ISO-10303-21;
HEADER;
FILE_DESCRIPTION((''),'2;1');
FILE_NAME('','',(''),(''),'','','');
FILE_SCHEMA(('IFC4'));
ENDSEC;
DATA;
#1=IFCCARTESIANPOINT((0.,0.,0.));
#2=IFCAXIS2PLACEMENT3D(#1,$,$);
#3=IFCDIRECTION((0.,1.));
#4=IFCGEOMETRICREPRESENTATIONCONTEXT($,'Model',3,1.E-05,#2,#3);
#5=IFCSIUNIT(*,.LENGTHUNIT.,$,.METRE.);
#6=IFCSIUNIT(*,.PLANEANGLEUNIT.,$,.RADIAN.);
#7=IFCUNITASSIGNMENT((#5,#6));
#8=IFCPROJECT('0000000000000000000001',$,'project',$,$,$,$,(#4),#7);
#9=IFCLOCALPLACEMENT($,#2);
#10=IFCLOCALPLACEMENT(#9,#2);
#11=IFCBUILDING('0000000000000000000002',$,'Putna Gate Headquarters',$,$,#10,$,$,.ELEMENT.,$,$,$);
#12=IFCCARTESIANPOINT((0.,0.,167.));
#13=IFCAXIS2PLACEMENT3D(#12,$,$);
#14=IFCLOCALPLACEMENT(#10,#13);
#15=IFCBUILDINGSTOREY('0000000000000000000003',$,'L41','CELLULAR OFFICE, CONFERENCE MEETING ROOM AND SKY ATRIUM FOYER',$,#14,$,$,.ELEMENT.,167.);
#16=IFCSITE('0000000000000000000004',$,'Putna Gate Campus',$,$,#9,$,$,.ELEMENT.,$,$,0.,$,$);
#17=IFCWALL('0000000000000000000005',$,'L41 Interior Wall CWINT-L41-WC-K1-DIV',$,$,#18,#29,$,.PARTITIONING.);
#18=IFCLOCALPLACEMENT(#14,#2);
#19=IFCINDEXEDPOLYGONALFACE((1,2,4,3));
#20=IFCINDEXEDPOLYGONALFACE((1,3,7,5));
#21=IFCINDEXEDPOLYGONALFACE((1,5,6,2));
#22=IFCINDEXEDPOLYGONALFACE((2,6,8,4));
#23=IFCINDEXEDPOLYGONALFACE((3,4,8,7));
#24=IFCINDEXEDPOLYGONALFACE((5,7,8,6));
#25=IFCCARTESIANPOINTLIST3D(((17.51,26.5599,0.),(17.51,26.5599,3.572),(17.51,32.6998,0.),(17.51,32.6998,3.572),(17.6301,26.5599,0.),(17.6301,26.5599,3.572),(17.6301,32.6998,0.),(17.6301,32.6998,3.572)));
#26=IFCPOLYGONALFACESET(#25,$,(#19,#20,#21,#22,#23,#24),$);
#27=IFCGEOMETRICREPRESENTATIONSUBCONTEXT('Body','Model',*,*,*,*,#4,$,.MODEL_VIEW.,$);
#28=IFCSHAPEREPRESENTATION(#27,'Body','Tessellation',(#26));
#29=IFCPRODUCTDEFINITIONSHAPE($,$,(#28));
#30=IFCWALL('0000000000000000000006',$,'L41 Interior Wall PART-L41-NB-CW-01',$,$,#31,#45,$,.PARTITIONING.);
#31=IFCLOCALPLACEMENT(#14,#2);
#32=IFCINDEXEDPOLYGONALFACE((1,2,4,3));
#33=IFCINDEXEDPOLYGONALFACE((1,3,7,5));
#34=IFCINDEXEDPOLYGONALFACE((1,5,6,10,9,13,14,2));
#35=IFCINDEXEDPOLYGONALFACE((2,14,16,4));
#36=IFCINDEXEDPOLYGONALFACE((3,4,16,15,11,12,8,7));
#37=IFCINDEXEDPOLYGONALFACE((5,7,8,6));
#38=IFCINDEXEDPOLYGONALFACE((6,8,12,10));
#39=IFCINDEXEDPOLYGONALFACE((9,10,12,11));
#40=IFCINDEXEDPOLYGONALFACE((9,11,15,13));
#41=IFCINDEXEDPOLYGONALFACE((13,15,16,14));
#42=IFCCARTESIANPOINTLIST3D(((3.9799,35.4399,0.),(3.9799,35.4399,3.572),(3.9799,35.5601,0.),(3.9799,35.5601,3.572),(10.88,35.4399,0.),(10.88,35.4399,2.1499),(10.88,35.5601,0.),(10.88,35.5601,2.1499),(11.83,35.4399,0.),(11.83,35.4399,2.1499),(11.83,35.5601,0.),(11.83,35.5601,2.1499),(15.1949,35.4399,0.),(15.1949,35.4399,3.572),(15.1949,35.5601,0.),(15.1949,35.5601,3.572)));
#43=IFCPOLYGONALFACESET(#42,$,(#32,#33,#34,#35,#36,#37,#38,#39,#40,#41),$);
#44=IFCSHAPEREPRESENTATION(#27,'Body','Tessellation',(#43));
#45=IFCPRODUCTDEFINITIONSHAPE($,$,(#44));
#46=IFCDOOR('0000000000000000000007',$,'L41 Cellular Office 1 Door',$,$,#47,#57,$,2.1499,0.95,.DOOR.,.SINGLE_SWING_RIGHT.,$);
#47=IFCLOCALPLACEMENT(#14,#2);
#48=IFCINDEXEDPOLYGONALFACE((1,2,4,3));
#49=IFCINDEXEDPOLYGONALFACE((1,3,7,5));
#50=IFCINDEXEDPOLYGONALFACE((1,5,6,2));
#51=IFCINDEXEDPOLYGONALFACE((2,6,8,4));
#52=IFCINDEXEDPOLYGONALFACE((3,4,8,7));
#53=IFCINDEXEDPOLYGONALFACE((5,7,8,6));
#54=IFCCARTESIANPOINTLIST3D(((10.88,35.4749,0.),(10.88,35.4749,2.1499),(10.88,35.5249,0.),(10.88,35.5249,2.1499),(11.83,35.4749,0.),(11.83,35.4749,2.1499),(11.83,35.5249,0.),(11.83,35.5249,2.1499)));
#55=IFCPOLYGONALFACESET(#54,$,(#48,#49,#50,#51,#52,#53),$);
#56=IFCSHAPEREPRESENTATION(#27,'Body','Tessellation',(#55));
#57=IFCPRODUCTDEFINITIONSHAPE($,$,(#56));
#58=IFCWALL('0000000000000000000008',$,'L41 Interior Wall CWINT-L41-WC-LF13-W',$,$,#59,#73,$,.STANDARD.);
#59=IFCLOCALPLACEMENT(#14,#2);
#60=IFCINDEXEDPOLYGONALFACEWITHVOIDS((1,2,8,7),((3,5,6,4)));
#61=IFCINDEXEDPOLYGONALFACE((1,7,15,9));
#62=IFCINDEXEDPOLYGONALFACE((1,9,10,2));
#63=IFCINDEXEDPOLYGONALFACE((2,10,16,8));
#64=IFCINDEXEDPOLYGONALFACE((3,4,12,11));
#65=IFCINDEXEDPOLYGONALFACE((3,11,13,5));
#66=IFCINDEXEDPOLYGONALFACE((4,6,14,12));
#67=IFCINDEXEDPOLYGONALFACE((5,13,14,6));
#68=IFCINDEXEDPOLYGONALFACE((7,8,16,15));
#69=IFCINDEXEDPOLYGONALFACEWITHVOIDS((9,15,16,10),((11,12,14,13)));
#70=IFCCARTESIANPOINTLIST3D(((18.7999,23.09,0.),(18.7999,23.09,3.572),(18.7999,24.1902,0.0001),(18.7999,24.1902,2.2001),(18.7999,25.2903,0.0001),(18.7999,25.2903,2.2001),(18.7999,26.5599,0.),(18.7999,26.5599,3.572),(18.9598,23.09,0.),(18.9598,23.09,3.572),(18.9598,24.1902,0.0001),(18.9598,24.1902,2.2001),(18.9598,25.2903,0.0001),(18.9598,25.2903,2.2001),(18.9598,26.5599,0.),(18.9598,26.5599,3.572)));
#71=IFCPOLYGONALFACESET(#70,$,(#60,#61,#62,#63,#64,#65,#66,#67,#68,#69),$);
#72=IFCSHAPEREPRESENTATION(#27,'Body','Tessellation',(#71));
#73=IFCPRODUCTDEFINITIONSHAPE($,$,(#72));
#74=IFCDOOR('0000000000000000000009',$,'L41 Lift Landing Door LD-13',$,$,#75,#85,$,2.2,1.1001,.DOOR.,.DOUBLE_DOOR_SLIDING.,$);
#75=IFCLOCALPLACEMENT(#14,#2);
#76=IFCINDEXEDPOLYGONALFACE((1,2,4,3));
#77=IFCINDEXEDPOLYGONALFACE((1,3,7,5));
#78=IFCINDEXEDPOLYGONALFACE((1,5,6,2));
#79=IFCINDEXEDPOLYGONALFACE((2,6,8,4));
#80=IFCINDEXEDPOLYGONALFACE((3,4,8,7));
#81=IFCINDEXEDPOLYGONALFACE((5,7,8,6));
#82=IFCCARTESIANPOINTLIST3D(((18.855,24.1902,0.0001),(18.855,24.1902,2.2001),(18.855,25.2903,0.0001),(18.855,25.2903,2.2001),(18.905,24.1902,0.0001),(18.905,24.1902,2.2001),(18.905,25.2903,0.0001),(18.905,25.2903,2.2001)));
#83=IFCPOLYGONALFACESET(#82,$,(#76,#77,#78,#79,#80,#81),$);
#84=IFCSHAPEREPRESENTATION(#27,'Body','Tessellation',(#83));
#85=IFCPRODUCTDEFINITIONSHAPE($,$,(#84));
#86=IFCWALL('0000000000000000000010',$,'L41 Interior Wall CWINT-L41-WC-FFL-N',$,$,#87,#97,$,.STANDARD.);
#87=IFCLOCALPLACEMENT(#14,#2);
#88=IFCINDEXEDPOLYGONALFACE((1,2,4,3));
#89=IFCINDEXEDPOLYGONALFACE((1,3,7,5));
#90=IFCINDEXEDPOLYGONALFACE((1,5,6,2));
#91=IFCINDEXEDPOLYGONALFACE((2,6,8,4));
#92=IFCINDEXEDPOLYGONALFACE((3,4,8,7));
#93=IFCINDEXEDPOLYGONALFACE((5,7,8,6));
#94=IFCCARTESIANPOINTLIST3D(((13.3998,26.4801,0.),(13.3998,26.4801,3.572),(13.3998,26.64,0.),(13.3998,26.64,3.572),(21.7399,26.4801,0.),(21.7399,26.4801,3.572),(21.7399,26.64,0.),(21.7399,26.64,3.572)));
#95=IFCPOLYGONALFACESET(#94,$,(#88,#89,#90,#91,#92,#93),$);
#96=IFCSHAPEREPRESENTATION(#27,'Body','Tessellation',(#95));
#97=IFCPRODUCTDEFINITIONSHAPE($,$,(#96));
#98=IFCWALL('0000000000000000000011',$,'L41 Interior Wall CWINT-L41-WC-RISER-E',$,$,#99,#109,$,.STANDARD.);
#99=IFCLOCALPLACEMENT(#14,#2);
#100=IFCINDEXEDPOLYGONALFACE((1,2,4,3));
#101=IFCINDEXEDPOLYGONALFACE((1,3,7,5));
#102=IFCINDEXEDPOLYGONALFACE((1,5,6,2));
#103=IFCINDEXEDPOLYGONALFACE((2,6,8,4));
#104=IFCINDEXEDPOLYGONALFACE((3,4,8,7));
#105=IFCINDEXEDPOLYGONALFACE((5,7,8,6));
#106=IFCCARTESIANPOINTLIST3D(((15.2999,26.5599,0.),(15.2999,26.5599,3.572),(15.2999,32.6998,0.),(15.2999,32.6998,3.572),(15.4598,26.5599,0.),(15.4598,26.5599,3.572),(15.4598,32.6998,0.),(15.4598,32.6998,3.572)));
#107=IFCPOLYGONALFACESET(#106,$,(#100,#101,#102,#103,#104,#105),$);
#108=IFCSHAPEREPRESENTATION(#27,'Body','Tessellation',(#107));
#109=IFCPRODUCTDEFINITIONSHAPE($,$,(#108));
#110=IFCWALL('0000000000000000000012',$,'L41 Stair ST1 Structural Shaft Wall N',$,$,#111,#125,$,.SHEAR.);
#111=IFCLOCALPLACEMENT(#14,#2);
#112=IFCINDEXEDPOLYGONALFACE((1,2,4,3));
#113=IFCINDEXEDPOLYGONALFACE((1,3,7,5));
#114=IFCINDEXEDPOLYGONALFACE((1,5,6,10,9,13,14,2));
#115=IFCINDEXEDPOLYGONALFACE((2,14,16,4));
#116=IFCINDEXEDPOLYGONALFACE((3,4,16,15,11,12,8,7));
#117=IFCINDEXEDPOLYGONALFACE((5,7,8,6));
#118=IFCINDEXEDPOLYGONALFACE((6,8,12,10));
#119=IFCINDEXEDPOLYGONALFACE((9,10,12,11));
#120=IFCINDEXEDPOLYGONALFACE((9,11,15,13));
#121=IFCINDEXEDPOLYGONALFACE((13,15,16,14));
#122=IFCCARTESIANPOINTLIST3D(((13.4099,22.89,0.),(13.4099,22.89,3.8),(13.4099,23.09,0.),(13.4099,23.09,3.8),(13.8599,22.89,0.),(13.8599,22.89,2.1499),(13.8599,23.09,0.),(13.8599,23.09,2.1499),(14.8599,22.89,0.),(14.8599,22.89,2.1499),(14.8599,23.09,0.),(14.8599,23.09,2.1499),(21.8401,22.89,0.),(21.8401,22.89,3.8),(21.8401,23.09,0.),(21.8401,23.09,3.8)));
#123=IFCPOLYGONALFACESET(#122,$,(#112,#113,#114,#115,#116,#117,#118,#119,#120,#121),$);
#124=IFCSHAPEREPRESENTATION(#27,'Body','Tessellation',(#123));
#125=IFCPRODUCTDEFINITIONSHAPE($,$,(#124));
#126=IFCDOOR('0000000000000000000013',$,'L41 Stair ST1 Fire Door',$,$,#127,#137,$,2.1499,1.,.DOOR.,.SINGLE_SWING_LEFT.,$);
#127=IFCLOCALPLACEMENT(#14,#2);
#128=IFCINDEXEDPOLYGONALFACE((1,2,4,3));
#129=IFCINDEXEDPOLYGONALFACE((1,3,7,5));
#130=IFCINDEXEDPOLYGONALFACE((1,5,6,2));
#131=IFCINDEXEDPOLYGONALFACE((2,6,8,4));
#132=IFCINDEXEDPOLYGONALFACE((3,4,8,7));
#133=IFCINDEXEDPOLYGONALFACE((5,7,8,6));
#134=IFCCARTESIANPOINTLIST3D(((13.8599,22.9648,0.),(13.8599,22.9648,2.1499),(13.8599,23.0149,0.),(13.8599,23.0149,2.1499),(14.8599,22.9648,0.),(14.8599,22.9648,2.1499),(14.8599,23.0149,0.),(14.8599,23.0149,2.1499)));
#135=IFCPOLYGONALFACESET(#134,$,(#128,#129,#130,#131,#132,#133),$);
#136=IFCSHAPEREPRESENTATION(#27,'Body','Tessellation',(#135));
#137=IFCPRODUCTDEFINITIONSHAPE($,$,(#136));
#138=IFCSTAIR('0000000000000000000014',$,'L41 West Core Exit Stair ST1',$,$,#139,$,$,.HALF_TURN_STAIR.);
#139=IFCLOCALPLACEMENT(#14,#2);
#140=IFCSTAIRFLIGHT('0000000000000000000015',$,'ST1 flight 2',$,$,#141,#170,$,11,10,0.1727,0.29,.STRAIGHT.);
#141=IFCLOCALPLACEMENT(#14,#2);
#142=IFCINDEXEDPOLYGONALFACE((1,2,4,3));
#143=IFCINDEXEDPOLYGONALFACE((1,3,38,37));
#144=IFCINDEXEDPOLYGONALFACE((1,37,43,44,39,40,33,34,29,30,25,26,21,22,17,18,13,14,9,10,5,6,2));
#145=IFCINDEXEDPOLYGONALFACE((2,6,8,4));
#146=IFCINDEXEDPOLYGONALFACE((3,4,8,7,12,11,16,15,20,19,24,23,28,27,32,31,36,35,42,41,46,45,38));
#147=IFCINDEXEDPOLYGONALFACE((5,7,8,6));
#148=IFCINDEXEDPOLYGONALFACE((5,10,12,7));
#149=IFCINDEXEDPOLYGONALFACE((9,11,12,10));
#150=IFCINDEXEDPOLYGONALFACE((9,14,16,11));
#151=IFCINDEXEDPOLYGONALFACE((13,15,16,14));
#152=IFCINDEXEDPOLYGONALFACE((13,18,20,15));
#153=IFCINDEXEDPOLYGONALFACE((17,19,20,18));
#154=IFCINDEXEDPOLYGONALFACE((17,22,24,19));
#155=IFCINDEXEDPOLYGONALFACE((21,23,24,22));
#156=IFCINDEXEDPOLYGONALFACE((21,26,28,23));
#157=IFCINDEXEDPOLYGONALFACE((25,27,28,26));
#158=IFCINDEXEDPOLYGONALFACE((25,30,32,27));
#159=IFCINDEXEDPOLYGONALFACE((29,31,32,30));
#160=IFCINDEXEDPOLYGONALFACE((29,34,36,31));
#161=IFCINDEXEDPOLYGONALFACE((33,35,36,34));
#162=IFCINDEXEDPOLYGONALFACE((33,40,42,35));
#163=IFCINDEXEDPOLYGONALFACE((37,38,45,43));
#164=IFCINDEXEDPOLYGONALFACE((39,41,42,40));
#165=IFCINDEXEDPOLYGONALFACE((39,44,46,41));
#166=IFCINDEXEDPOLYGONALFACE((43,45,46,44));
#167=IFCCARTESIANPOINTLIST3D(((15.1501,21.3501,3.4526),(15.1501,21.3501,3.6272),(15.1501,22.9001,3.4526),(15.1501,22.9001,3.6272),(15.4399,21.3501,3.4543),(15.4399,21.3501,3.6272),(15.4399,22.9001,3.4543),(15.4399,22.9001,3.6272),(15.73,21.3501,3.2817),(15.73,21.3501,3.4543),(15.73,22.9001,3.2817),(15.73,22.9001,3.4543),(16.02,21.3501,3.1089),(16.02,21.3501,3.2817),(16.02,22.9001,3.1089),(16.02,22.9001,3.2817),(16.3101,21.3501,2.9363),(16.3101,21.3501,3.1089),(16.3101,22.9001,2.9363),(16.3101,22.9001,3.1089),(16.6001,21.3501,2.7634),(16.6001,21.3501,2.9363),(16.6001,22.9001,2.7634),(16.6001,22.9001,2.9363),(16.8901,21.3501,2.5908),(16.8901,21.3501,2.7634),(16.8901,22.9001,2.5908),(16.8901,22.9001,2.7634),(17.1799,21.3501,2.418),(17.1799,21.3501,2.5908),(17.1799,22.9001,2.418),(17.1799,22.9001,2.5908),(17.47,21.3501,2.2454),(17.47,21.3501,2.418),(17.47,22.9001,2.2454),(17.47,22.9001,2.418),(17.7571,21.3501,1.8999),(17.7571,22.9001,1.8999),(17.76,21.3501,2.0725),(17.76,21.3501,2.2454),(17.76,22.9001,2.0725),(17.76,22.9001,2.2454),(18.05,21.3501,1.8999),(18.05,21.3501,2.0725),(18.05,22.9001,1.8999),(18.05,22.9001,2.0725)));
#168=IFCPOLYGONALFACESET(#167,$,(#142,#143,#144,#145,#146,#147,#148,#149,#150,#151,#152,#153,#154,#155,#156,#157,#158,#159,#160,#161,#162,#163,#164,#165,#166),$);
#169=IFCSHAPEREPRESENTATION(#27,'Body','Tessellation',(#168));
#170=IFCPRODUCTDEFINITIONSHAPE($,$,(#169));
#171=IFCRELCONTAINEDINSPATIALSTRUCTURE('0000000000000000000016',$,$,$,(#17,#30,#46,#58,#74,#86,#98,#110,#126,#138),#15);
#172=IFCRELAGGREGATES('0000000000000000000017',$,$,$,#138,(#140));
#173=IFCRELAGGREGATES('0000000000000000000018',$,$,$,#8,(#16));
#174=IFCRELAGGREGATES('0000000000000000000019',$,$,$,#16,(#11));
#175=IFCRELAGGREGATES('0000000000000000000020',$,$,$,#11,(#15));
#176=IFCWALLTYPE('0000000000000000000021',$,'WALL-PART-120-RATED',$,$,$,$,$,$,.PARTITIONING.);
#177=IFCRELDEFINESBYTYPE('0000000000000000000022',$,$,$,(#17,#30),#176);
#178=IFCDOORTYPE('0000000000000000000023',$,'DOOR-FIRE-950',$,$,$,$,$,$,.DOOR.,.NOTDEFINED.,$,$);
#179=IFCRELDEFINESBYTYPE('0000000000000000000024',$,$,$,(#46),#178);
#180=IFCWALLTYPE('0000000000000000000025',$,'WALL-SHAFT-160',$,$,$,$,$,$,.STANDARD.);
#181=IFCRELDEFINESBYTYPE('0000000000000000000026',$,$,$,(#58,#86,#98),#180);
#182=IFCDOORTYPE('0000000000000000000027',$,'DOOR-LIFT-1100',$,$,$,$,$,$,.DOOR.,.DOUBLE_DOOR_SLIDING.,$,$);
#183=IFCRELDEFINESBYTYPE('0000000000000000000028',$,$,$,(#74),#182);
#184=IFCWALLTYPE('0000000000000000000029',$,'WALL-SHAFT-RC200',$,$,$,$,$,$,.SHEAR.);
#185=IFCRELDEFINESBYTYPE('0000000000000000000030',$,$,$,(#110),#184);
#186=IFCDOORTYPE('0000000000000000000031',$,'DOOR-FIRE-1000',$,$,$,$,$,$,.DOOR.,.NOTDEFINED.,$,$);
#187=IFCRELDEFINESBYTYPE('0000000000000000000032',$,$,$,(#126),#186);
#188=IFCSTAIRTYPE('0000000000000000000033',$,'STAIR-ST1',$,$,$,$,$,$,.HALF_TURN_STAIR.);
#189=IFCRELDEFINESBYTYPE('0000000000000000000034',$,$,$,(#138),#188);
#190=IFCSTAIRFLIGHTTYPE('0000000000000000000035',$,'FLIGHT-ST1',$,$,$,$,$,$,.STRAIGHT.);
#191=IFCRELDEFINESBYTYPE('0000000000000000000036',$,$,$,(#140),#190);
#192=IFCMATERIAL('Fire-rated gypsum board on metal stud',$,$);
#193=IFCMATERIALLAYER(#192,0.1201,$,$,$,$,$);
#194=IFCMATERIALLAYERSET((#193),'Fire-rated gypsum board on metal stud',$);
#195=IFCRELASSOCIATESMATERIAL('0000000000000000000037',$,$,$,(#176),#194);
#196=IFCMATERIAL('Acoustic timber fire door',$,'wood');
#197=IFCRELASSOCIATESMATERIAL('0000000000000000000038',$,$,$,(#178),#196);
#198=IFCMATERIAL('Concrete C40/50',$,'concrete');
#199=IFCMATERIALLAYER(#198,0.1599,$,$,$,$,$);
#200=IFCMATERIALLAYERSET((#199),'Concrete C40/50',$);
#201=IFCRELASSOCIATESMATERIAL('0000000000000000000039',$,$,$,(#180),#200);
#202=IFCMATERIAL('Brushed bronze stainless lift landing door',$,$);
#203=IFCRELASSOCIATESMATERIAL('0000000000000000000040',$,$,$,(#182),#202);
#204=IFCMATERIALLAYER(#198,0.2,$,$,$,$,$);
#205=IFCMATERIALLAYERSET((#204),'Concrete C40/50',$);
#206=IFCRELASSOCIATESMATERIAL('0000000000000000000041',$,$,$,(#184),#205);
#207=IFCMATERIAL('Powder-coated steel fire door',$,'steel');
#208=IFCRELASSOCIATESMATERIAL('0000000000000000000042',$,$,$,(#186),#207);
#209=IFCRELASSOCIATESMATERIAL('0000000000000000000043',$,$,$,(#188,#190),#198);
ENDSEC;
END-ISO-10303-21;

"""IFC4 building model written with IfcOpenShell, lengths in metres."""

from ifc_helpers import new_model, si_unit, direction, frame, frame_2d, origin, place, context, subcontext, project, spatial, polyline, rectangle, outline, extrude, material, layer, layer_set, type_object, element, fill, aggregate, save


model = new_model("IFC4")

# Units and contexts
model_context = context("Model", 3, precision=1e-05, world=origin(), true_north=direction((0.0, 1.0)))
body_context = subcontext(model_context, "Body", "Model", "MODEL_VIEW")
ifc_project = project(units=[si_unit("LENGTHUNIT", "METRE"), si_unit("PLANEANGLEUNIT", "RADIAN")], contexts=[model_context])

# Site, building, storey
site_placement = place(None, origin())
site = spatial("IfcSite", under=ifc_project, at=site_placement, Name="Putna Gate Campus", CompositionType="ELEMENT", RefElevation=0.0)
building_placement = place(site_placement, origin())
building = spatial("IfcBuilding", under=site, at=building_placement, Name="Putna Gate Headquarters", CompositionType="ELEMENT")
storey_placement = place(building_placement, frame((0.0, 0.0, 167.0)))
storey = spatial("IfcBuildingStorey", under=building, at=storey_placement, Name="L41", Description="CELLULAR OFFICE, CONFERENCE MEETING ROOM AND SKY ATRIUM FOYER", CompositionType="ELEMENT", Elevation=167.0)

# Wall
ifc_material_1 = material(Name="Fire-rated gypsum board on metal stud")
ifc_layer_1 = layer(ifc_material_1, 0.1201)
ifc_layer_set_1 = layer_set([ifc_layer_1], Name="Fire-rated gypsum board on metal stud")
wall_type_1 = type_object("IfcWallType", Name="WALL-PART-120-RATED", PredefinedType="PARTITIONING", material=ifc_layer_set_1)
wall_1_placement = place(storey_placement, frame((17.5701, 26.5601, 0.0), z_axis=(0.0, 0.0, 1.0), x_axis=(0.0, 1.0, 0.0)))
element("IfcWall", 1, at=wall_1_placement, inside=storey, type_object=wall_type_1, Name="L41 Interior Wall CWINT-L41-WC-K1-DIV", PredefinedType="PARTITIONING", context=body_context, shape_type="SweptSolid", body=[
    extrude(rectangle(XDim=6.1399, YDim=0.1201, at=frame_2d((3.0698, 0.0))), origin(), (0.0, 0.0, 1.0), 3.572),
])

# Walls, openings, doors
wall_2_placement = place(storey_placement, frame((3.98, 35.5, 0.0), z_axis=(0.0, 0.0, 1.0), x_axis=(1.0, 0.0, 0.0)))
wall_2 = element("IfcWall", 2, at=wall_2_placement, inside=storey, type_object=wall_type_1, Name="L41 Interior Wall PART-L41-NB-CW-01", PredefinedType="PARTITIONING", context=body_context, shape_type="SweptSolid", body=[
    extrude(rectangle(XDim=11.2151, YDim=0.1201, at=frame_2d((5.6074, 0.0))), origin(), (0.0, 0.0, 1.0), 3.572),
])
opening_1_placement = place(wall_2_placement, frame((6.8999, 0.0, 0.0)))
opening_1 = element("IfcOpeningElement", 3, at=opening_1_placement, cuts=wall_2, PredefinedType="OPENING", context=body_context, shape_type="SweptSolid", body=[
    extrude(rectangle(XDim=0.95, YDim=2.1499, at=frame_2d((0.4751, 1.075))), frame((0.0, 0.0701, 0.0), z_axis=(0.0, -1.0, 0.0), x_axis=(1.0, 0.0, 0.0)), (0.0, 0.0, 1.0), 0.1401),
])
ifc_material_2 = material(Name="Acoustic timber fire door", Category="wood")
door_type_1 = type_object("IfcDoorType", Name="DOOR-FIRE-950", OperationType="NOTDEFINED", PredefinedType="DOOR", material=ifc_material_2)
door_1_placement = place(opening_1_placement, origin())
door_1 = element("IfcDoor", 4, at=door_1_placement, inside=storey, type_object=door_type_1, Name="L41 Cellular Office 1 Door", OperationType="SINGLE_SWING_RIGHT", OverallHeight=2.1499, OverallWidth=0.95, PredefinedType="DOOR", context=body_context, shape_type="SweptSolid", body=[
    extrude(rectangle(XDim=0.95, YDim=2.1499, at=frame_2d((0.4751, 1.075))), frame((0.0, 0.0249, 0.0), z_axis=(0.0, -1.0, 0.0), x_axis=(1.0, 0.0, 0.0)), (0.0, 0.0, 1.0), 0.05),
])
fill(opening_1, door_1)
ifc_material_3 = material(Name="Concrete C40/50", Category="concrete")
ifc_layer_2 = layer(ifc_material_3, 0.1599)
ifc_layer_set_2 = layer_set([ifc_layer_2], Name="Concrete C40/50")
wall_type_2 = type_object("IfcWallType", Name="WALL-SHAFT-160", PredefinedType="STANDARD", material=ifc_layer_set_2)
wall_3_placement = place(storey_placement, frame((18.8799, 23.0901, 0.0), z_axis=(0.0, 0.0, 1.0), x_axis=(0.0, 1.0, 0.0)))
wall_3 = element("IfcWall", 5, at=wall_3_placement, inside=storey, type_object=wall_type_2, Name="L41 Interior Wall CWINT-L41-WC-LF13-W", PredefinedType="STANDARD", context=body_context, shape_type="SweptSolid", body=[
    extrude(rectangle(XDim=3.47, YDim=0.1599, at=frame_2d((1.7349, 0.0))), origin(), (0.0, 0.0, 1.0), 3.572),
])
opening_2_placement = place(wall_3_placement, frame((1.1001, 0.0, 0.0)))
opening_2 = element("IfcOpeningElement", 6, at=opening_2_placement, cuts=wall_3, PredefinedType="OPENING", context=body_context, shape_type="SweptSolid", body=[
    extrude(rectangle(XDim=1.1001, YDim=2.2, at=frame_2d((0.55, 1.1001))), frame((0.0, 0.0898, 0.0), z_axis=(0.0, -1.0, 0.0), x_axis=(1.0, 0.0, 0.0)), (0.0, 0.0, 1.0), 0.1799),
])
ifc_material_4 = material(Name="Brushed bronze stainless lift landing door")
door_type_2 = type_object("IfcDoorType", Name="DOOR-LIFT-1100", OperationType="DOUBLE_DOOR_SLIDING", PredefinedType="DOOR", material=ifc_material_4)
door_2_placement = place(opening_2_placement, origin())
door_2 = element("IfcDoor", 7, at=door_2_placement, inside=storey, type_object=door_type_2, Name="L41 Lift Landing Door LD-13", OperationType="DOUBLE_DOOR_SLIDING", OverallHeight=2.2, OverallWidth=1.1001, PredefinedType="DOOR", context=body_context, shape_type="SweptSolid", body=[
    extrude(rectangle(XDim=1.1001, YDim=2.2, at=frame_2d((0.55, 1.1001))), frame((0.0, 0.0249, 0.0), z_axis=(0.0, -1.0, 0.0), x_axis=(1.0, 0.0, 0.0)), (0.0, 0.0, 1.0), 0.05),
])
fill(opening_2, door_2)

# Walls
wall_4_placement = place(storey_placement, frame((13.3999, 26.5601, 0.0), z_axis=(0.0, 0.0, 1.0), x_axis=(1.0, 0.0, 0.0)))
element("IfcWall", 8, at=wall_4_placement, inside=storey, type_object=wall_type_2, Name="L41 Interior Wall CWINT-L41-WC-FFL-N", PredefinedType="STANDARD", context=body_context, shape_type="SweptSolid", body=[
    extrude(rectangle(XDim=8.3401, YDim=0.1599, at=frame_2d((4.1699, 0.0))), origin(), (0.0, 0.0, 1.0), 3.572),
])
wall_5_placement = place(storey_placement, frame((15.3799, 26.5601, 0.0), z_axis=(0.0, 0.0, 1.0), x_axis=(0.0, 1.0, 0.0)))
element("IfcWall", 9, at=wall_5_placement, inside=storey, type_object=wall_type_2, Name="L41 Interior Wall CWINT-L41-WC-RISER-E", PredefinedType="STANDARD", context=body_context, shape_type="SweptSolid", body=[
    extrude(rectangle(XDim=6.1399, YDim=0.1599, at=frame_2d((3.0698, 0.0))), origin(), (0.0, 0.0, 1.0), 3.572),
])

# Wall, opening, door
ifc_layer_3 = layer(ifc_material_3, 0.2)
ifc_layer_set_3 = layer_set([ifc_layer_3], Name="Concrete C40/50")
wall_type_3 = type_object("IfcWallType", Name="WALL-SHAFT-RC200", PredefinedType="SHEAR", material=ifc_layer_set_3)
wall_6_placement = place(storey_placement, frame((13.4099, 22.99, 0.0), z_axis=(0.0, 0.0, 1.0), x_axis=(1.0, 0.0, 0.0)))
wall_6 = element("IfcWall", 10, at=wall_6_placement, inside=storey, type_object=wall_type_3, Name="L41 Stair ST1 Structural Shaft Wall N", PredefinedType="SHEAR", context=body_context, shape_type="SweptSolid", body=[
    extrude(rectangle(XDim=8.4302, YDim=0.2, at=frame_2d((4.2151, 0.0))), origin(), (0.0, 0.0, 1.0), 3.8),
])
opening_3_placement = place(wall_6_placement, frame((0.45, 0.0, 0.0)))
opening_3 = element("IfcOpeningElement", 11, at=opening_3_placement, cuts=wall_6, PredefinedType="OPENING", context=body_context, shape_type="SweptSolid", body=[
    extrude(rectangle(XDim=1.0, YDim=2.1499, at=frame_2d((0.5, 1.075))), frame((0.0, 0.1099, 0.0), z_axis=(0.0, -1.0, 0.0), x_axis=(1.0, 0.0, 0.0)), (0.0, 0.0, 1.0), 0.22),
])
ifc_material_5 = material(Name="Powder-coated steel fire door", Category="steel")
door_type_3 = type_object("IfcDoorType", Name="DOOR-FIRE-1000", OperationType="NOTDEFINED", PredefinedType="DOOR", material=ifc_material_5)
door_3_placement = place(opening_3_placement, origin())
door_3 = element("IfcDoor", 12, at=door_3_placement, inside=storey, type_object=door_type_3, Name="L41 Stair ST1 Fire Door", OperationType="SINGLE_SWING_LEFT", OverallHeight=2.1499, OverallWidth=1.0, PredefinedType="DOOR", context=body_context, shape_type="SweptSolid", body=[
    extrude(rectangle(XDim=1.0, YDim=2.1499, at=frame_2d((0.5, 1.075))), frame((0.0, 0.0249, 0.0), z_axis=(0.0, -1.0, 0.0), x_axis=(1.0, 0.0, 0.0)), (0.0, 0.0, 1.0), 0.05),
])
fill(opening_3, door_3)

# Stair, stair flight
stair_type = type_object("IfcStairType", Name="STAIR-ST1", PredefinedType="HALF_TURN_STAIR", material=ifc_material_3)
stair_placement = place(storey_placement, origin())
stair = element("IfcStair", 13, at=stair_placement, inside=storey, type_object=stair_type, Name="L41 West Core Exit Stair ST1", PredefinedType="HALF_TURN_STAIR")
stair_flight_type = type_object("IfcStairFlightType", Name="FLIGHT-ST1", PredefinedType="STRAIGHT", material=ifc_material_3)
stair_flight_placement = place(storey_placement, frame((18.05, 22.125, 1.8999), z_axis=(0.0, 0.0, 1.0), x_axis=(-1.0, 0.0, 0.0)))
stair_flight = element("IfcStairFlight", 14, at=stair_flight_placement, type_object=stair_flight_type, Name="ST1 flight 2", NumberOfRisers=11, NumberOfTreads=10, PredefinedType="STRAIGHT", RiserHeight=0.1727, TreadLength=0.29, context=body_context, shape_type="SweptSolid", body=[
    extrude(outline(polyline([(0.0, 0.0), (0.0, 0.1726), (0.29, 0.1726), (0.29, 0.3455), (0.5801, 0.3455), (0.5801, 0.5181), (0.8701, 0.5181), (0.8701, 0.6909), (1.1599, 0.6909), (1.1599, 0.8635), (1.45, 0.8635), (1.45, 1.0364), (1.74, 1.0364), (1.74, 1.209), (2.03, 1.209), (2.03, 1.3818), (2.3201, 1.3818), (2.3201, 1.5544), (2.6101, 1.5544), (2.6101, 1.7273), (2.8999, 1.7273), (2.8999, 1.8999), (2.8999, 1.5527), (0.293, 0.0), (0.0, 0.0)])), frame((0.0, 0.7749, 0.0), z_axis=(0.0, -1.0, 0.0), x_axis=(1.0, 0.0, 0.0)), (0.0, 0.0, 1.0), 1.55),
])
aggregate(stair, [stair_flight])

save(model, "model.ifc")
